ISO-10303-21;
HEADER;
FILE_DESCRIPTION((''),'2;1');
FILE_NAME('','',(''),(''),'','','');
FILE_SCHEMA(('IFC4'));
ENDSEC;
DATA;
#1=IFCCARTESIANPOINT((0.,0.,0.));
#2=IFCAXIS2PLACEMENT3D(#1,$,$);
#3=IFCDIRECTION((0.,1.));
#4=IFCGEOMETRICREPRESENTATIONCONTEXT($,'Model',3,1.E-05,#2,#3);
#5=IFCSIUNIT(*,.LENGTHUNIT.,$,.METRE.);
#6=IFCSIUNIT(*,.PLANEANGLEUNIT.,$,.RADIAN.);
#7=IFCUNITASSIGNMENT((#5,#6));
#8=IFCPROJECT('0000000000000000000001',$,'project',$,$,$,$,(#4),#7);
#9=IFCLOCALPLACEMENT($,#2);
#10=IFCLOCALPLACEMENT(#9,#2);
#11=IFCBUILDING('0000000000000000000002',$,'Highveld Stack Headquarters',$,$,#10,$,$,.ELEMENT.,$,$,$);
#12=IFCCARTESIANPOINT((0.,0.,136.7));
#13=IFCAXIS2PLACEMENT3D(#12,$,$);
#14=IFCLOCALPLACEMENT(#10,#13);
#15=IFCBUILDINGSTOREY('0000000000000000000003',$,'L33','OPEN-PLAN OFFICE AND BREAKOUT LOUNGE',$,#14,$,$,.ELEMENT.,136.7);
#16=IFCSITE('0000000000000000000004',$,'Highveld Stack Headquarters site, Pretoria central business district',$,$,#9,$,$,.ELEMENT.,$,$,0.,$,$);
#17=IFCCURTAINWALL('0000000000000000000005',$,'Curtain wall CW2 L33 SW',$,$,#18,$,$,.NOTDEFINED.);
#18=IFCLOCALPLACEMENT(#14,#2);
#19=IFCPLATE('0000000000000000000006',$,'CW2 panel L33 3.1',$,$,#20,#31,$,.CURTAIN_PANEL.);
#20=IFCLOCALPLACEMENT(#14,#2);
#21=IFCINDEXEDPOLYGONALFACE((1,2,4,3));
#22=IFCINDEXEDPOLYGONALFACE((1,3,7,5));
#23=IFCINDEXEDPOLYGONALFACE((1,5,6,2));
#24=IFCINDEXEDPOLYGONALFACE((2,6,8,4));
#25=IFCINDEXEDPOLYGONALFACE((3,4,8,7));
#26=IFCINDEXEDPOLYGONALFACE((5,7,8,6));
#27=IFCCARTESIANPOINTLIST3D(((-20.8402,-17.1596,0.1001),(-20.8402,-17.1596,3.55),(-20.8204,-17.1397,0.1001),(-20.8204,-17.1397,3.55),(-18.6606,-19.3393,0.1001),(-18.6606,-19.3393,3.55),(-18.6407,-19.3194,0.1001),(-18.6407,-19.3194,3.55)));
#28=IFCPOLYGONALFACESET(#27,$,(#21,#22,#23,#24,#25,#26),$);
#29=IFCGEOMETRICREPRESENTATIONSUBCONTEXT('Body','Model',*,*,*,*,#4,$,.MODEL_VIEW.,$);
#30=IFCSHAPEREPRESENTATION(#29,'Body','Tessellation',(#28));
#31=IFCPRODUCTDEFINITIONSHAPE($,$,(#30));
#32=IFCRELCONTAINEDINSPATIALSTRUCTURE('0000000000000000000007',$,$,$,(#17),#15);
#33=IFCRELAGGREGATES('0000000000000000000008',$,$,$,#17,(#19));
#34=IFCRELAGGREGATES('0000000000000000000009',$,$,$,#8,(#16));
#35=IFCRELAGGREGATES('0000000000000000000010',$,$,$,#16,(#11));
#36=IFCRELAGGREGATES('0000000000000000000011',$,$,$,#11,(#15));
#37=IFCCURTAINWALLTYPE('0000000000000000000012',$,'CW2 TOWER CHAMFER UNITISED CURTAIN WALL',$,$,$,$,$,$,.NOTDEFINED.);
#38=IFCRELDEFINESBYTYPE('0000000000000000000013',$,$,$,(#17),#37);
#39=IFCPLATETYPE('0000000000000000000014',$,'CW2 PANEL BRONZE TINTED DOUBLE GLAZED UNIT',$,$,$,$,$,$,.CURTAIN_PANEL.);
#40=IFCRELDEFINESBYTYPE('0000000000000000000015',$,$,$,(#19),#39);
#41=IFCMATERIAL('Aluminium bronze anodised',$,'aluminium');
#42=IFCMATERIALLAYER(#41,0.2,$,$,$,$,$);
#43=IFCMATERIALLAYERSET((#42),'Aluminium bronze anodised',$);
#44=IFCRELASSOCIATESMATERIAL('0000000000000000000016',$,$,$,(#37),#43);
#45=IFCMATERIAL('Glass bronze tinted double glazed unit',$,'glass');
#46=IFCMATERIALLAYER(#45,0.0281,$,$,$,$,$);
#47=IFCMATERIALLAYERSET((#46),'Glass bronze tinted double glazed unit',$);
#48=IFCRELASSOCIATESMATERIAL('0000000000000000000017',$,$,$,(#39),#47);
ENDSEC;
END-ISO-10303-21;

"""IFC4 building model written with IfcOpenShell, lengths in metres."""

from ifc_helpers import new_model, si_unit, direction, frame, origin, origin_2d, place, context, subcontext, project, spatial, rectangle, extrude, material, layer, layer_set, type_object, element, aggregate, save


model = new_model("IFC4")

# Units and contexts
model_context = context("Model", 3, precision=1e-05, world=origin(), true_north=direction((0.0, 1.0)))
body_context = subcontext(model_context, "Body", "Model", "MODEL_VIEW")
ifc_project = project(units=[si_unit("LENGTHUNIT", "METRE"), si_unit("PLANEANGLEUNIT", "RADIAN")], contexts=[model_context])

# Site, building, storey
site_placement = place(None, origin())
site = spatial("IfcSite", under=ifc_project, at=site_placement, Name="Highveld Stack Headquarters site, Pretoria central business district", CompositionType="ELEMENT", RefElevation=0.0)
building_placement = place(site_placement, origin())
building = spatial("IfcBuilding", under=site, at=building_placement, Name="Highveld Stack Headquarters", CompositionType="ELEMENT")
storey_placement = place(building_placement, frame((0.0, 0.0, 136.7)))
storey = spatial("IfcBuildingStorey", under=building, at=storey_placement, Name="L33", Description="OPEN-PLAN OFFICE AND BREAKOUT LOUNGE", CompositionType="ELEMENT", Elevation=136.7)

# Curtain wall
ifc_material_1 = material(Name="Aluminium bronze anodised", Category="aluminium")
ifc_layer_1 = layer(ifc_material_1, 0.2)
ifc_layer_set_1 = layer_set([ifc_layer_1], Name="Aluminium bronze anodised")
curtain_wall_type_1 = type_object("IfcCurtainWallType", Name="CW2 TOWER CHAMFER UNITISED CURTAIN WALL", PredefinedType="NOTDEFINED", material=ifc_layer_set_1)
curtain_wall_1_placement = place(storey_placement, origin())
curtain_wall_1 = element("IfcCurtainWall", 1, at=curtain_wall_1_placement, inside=storey, type_object=curtain_wall_type_1, Name="Curtain wall CW2 L33 SW", PredefinedType="NOTDEFINED")

# Plate
ifc_material_2 = material(Name="Glass bronze tinted double glazed unit", Category="glass")
ifc_layer_2 = layer(ifc_material_2, 0.0281)
ifc_layer_set_2 = layer_set([ifc_layer_2], Name="Glass bronze tinted double glazed unit")
plate_type_1 = type_object("IfcPlateType", Name="CW2 PANEL BRONZE TINTED DOUBLE GLAZED UNIT", PredefinedType="CURTAIN_PANEL", material=ifc_layer_set_2)
plate_1_placement = place(storey_placement, frame((-19.7405, -18.2395, 0.1001), z_axis=(0.0, 0.0, 1.0), x_axis=(0.707107, -0.707107, 0.0)))
plate_1 = element("IfcPlate", 2, at=plate_1_placement, type_object=plate_type_1, Name="CW2 panel L33 3.1", PredefinedType="CURTAIN_PANEL", context=body_context, shape_type="SweptSolid", body=[
    extrude(rectangle(XDim=3.0825, YDim=0.0281, at=origin_2d()), origin(), (0.0, 0.0, 1.0), 3.45),
])
aggregate(curtain_wall_1, [plate_1])

save(model, "model.ifc")
